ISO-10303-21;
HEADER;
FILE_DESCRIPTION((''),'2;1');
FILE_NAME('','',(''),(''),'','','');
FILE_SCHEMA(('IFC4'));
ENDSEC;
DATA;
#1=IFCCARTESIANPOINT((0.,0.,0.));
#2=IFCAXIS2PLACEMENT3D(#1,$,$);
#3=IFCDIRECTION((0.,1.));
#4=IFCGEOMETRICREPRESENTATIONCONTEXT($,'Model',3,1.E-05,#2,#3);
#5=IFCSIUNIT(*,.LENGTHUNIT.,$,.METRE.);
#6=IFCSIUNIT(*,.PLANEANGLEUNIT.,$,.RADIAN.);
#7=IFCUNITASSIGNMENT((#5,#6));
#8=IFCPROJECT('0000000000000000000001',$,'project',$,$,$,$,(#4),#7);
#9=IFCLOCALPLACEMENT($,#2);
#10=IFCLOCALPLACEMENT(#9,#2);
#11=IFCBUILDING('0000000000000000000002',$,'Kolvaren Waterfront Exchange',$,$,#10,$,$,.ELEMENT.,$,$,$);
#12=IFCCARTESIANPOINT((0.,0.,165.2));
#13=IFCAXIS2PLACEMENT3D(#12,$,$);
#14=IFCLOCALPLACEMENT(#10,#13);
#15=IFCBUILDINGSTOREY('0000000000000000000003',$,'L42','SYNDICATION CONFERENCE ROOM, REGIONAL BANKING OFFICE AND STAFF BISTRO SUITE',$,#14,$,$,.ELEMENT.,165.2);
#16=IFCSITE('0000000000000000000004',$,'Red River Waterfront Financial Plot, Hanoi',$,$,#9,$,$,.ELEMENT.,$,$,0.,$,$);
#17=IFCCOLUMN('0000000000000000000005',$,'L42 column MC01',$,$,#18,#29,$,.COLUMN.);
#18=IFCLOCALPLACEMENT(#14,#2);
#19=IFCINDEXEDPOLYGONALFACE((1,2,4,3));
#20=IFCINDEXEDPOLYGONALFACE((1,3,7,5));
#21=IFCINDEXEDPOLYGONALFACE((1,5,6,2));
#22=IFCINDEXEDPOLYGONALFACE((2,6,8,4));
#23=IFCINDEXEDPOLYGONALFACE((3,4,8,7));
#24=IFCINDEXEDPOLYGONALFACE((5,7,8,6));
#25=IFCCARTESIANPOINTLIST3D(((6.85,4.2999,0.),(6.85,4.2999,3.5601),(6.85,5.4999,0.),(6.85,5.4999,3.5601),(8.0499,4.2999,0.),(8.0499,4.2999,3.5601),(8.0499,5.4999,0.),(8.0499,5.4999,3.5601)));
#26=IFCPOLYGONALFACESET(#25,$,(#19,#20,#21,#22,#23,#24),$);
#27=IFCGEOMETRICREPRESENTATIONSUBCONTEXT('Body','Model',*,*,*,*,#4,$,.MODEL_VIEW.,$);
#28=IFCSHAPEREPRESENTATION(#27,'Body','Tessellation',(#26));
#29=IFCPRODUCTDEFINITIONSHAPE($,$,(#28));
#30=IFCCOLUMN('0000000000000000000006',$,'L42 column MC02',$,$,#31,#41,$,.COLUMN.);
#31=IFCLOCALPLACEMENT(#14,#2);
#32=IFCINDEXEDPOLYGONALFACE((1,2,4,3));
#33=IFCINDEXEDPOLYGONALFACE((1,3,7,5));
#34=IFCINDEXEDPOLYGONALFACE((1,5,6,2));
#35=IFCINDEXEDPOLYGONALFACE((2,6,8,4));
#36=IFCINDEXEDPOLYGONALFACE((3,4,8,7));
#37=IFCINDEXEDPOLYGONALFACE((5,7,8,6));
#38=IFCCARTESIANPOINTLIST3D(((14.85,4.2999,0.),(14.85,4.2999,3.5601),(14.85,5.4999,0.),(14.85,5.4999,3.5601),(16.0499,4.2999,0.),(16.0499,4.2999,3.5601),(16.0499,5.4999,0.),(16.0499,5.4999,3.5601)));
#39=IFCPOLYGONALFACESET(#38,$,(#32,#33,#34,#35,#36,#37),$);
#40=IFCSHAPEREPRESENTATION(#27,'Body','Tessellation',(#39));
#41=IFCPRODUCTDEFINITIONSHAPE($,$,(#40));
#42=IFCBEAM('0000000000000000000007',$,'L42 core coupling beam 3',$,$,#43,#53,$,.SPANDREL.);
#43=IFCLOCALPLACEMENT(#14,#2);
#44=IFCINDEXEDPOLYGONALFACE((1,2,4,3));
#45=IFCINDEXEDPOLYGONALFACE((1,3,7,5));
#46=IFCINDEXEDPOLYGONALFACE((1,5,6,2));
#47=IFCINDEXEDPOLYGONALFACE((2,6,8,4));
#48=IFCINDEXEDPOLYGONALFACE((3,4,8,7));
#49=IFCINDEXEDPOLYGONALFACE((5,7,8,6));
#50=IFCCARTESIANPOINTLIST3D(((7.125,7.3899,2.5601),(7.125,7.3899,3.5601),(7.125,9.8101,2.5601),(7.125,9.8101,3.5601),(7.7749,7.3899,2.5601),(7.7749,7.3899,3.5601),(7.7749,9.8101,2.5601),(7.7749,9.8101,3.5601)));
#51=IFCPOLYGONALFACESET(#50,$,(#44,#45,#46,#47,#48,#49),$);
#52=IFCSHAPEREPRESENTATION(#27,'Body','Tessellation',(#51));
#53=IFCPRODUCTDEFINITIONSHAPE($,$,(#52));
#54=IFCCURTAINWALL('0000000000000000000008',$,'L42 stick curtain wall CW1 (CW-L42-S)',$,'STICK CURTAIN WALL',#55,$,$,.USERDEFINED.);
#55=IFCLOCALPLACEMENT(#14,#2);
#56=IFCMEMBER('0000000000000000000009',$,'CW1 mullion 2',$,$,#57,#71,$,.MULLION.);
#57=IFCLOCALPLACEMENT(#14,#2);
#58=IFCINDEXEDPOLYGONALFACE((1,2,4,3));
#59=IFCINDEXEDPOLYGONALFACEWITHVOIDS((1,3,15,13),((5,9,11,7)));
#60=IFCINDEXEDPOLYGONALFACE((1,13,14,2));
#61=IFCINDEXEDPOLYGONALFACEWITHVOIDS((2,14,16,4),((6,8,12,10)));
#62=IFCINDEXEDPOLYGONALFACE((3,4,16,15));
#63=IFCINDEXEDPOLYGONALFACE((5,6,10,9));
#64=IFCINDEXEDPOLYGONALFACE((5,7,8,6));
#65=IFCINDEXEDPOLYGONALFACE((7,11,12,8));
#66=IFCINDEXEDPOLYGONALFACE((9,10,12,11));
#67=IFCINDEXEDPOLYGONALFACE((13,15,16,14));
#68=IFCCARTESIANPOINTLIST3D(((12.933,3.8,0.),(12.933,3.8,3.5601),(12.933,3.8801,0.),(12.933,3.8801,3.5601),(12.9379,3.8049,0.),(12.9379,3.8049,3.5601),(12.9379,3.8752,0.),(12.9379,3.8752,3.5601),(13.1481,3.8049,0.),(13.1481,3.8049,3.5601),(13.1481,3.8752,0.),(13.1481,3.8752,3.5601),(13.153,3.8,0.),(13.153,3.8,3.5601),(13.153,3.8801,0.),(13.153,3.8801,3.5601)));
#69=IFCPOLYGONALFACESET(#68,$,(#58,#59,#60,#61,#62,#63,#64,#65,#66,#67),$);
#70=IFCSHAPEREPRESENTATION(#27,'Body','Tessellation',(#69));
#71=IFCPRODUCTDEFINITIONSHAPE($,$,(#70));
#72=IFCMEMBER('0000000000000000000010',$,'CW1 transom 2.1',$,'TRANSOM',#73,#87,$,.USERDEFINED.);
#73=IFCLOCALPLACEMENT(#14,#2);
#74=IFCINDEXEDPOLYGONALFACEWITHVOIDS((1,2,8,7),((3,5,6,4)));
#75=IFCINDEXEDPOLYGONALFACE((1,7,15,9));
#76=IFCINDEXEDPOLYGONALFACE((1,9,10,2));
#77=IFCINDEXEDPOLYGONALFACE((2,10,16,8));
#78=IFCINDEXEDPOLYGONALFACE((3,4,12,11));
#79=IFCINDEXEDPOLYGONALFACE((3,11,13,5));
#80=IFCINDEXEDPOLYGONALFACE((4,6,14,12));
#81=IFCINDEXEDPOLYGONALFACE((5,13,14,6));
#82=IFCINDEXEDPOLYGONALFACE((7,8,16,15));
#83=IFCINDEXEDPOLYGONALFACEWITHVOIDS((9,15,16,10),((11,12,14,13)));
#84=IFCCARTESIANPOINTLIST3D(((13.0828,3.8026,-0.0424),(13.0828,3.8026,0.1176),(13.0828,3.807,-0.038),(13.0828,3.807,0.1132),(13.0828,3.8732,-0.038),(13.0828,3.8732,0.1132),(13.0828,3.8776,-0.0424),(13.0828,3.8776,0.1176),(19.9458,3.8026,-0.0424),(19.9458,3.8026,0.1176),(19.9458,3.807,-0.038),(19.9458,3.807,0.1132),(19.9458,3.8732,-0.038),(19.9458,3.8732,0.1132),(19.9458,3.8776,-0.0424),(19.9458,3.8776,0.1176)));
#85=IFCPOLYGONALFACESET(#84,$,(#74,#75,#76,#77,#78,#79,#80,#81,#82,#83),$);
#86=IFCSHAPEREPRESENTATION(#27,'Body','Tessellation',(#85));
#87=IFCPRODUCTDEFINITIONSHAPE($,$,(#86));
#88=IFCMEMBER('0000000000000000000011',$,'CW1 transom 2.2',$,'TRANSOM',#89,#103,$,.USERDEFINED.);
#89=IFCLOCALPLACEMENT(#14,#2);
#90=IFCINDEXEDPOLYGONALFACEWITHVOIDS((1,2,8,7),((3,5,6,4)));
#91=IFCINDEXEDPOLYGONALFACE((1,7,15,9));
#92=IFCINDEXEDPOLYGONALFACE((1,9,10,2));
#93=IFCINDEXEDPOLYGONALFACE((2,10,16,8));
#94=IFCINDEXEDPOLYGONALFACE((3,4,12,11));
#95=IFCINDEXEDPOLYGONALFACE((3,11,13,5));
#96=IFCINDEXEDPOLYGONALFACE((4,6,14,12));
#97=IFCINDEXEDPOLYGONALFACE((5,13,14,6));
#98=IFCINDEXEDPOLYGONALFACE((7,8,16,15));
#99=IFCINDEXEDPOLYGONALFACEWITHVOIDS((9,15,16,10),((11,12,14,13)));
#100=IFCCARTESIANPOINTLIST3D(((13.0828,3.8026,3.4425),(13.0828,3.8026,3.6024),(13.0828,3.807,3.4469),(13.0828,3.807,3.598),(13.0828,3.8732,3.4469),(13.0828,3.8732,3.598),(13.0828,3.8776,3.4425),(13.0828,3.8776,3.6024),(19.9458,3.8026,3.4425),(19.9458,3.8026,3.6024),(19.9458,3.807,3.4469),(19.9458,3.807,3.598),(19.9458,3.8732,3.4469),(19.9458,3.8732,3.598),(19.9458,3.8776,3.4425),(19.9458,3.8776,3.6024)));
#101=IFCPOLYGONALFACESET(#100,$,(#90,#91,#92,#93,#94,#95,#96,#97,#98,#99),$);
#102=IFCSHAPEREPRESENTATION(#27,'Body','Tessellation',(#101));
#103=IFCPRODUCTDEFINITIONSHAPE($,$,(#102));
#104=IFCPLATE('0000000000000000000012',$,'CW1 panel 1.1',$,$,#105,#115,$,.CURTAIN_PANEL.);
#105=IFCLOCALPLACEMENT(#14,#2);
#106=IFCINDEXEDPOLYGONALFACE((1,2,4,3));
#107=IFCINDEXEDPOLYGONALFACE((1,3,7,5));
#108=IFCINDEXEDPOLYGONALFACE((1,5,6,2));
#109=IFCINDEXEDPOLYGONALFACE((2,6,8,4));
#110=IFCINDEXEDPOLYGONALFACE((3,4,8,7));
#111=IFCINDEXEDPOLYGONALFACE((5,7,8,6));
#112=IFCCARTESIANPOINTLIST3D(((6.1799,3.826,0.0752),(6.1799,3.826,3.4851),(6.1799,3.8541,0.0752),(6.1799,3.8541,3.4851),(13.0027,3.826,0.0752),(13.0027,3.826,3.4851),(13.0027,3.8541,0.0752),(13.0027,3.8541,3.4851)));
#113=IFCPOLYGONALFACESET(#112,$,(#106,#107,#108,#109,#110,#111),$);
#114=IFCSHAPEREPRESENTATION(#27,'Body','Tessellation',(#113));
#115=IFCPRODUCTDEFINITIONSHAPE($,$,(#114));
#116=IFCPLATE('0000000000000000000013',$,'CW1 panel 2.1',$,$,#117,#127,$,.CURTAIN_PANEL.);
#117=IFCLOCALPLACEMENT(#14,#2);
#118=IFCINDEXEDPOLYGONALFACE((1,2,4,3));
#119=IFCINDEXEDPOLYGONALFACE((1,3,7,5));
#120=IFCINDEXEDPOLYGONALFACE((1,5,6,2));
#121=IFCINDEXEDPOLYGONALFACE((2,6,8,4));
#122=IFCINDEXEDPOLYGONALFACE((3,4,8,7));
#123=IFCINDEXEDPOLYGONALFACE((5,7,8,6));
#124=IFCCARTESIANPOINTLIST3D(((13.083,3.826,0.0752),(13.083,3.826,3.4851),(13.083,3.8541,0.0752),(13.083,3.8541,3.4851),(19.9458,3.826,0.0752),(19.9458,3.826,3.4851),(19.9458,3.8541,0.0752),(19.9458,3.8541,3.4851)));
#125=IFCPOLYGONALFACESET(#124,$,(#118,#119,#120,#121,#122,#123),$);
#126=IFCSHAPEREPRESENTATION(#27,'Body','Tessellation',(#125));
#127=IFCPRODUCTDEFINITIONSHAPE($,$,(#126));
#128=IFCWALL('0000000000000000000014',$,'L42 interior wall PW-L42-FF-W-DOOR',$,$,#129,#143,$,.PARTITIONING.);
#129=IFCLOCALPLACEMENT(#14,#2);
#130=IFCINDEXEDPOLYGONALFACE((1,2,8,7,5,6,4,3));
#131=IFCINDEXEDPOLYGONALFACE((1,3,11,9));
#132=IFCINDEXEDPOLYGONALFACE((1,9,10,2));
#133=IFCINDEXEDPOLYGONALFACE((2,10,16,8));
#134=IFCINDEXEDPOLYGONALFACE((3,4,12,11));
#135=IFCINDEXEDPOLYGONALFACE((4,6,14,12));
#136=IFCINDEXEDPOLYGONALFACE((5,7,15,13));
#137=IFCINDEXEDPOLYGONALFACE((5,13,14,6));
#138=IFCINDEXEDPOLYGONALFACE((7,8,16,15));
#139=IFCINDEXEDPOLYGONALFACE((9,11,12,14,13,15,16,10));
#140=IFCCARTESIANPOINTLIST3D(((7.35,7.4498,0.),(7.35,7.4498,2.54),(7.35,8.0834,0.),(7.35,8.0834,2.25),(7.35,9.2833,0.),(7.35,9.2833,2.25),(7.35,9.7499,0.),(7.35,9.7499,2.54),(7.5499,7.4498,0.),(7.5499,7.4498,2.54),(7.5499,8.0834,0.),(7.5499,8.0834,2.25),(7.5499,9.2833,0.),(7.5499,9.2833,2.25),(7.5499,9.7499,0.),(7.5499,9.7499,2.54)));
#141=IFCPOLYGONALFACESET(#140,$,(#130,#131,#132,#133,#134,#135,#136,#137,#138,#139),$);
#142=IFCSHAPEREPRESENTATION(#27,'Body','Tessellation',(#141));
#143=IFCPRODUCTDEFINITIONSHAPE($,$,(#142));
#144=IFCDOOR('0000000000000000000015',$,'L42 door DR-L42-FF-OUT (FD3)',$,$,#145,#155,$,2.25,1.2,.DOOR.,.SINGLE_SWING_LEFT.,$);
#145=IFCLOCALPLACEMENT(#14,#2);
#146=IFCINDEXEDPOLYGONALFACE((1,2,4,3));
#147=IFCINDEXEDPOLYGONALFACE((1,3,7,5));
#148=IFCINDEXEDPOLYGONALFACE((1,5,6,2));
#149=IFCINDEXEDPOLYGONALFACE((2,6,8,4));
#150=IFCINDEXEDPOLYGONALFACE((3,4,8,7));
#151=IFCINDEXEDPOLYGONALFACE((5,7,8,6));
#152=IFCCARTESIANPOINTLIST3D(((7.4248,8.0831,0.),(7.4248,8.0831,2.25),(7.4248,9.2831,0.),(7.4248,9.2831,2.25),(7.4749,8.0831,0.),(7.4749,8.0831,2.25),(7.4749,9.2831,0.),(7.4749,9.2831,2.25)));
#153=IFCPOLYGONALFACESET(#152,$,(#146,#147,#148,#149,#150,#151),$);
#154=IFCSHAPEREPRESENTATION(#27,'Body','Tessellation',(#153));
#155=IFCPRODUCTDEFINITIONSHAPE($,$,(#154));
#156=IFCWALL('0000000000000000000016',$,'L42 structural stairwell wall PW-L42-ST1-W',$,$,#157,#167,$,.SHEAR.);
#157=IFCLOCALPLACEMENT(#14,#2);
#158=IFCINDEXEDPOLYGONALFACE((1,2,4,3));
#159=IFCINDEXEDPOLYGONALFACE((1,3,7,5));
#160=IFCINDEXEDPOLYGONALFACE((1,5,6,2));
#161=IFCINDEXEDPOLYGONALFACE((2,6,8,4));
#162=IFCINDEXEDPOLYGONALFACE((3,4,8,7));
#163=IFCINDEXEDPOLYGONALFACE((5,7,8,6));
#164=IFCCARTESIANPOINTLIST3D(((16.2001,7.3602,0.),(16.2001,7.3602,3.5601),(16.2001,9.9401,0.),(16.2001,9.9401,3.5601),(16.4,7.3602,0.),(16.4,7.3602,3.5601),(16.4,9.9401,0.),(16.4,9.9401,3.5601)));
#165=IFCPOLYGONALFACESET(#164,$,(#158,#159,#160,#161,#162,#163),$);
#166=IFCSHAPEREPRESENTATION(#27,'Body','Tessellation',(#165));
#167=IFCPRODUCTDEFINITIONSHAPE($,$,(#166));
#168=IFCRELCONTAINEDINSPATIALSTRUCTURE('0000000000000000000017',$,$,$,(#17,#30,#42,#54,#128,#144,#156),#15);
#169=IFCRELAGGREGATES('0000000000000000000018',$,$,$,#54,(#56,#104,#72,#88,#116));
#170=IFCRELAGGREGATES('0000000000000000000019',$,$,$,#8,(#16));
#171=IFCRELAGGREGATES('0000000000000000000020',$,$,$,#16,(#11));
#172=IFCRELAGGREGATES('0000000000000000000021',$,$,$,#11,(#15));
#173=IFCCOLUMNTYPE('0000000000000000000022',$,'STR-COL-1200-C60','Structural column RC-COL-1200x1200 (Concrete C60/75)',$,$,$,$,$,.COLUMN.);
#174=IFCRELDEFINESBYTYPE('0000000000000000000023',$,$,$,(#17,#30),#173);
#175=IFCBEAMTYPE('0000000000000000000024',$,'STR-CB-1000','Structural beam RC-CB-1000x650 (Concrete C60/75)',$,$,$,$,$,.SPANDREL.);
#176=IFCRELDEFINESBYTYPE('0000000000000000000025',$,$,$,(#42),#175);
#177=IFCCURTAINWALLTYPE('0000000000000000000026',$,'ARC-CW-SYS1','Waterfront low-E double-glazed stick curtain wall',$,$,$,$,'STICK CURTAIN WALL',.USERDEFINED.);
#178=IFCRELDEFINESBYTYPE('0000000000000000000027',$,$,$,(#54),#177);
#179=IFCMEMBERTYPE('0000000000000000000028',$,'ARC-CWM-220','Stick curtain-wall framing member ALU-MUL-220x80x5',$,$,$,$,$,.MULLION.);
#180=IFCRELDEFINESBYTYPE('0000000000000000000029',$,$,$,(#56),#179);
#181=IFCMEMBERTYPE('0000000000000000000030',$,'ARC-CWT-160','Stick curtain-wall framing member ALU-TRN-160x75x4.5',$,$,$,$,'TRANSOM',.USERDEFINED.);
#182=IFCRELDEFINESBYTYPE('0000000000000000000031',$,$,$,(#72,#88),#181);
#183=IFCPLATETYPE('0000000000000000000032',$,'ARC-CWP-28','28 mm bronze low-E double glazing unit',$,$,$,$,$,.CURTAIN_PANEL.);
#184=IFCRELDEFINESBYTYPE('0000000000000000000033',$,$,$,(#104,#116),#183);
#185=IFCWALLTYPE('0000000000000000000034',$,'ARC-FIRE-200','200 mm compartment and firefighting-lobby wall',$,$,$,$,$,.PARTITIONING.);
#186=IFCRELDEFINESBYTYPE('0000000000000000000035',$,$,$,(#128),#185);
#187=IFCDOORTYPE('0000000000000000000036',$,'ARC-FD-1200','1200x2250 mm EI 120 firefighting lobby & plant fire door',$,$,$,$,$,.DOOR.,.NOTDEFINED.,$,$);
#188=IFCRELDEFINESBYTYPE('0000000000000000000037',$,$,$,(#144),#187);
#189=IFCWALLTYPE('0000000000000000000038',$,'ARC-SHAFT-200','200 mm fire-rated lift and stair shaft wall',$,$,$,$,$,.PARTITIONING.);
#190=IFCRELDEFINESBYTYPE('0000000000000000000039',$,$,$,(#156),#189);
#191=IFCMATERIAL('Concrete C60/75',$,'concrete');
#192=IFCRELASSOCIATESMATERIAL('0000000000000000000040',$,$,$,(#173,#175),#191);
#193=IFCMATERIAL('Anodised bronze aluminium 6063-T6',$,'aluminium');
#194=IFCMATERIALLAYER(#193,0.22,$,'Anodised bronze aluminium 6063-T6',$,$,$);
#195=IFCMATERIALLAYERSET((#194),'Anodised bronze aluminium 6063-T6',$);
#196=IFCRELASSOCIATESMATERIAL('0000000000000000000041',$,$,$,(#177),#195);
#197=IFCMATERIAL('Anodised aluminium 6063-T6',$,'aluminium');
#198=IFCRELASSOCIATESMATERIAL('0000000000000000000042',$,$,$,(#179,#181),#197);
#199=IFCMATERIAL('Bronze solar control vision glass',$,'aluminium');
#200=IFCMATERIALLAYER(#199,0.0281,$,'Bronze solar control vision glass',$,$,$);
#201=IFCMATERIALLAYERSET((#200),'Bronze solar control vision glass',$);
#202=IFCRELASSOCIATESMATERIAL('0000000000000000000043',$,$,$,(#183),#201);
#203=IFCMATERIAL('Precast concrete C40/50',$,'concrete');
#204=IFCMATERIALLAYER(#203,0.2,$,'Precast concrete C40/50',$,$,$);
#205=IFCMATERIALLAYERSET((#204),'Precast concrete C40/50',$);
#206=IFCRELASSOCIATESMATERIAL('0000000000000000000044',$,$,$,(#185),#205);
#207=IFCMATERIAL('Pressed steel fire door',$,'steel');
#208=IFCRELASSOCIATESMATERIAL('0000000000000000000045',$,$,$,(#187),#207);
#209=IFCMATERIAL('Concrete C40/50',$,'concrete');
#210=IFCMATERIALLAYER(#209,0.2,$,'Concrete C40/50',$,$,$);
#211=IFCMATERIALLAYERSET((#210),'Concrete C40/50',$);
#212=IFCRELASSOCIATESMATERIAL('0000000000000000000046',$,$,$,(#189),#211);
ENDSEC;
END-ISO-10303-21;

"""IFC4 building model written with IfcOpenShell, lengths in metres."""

from ifc_helpers import new_model, si_unit, direction, frame, frame_2d, origin, origin_with_axes, origin_2d, place, context, subcontext, project, spatial, rectangle, hollow_rectangle, extrude, source, transform, mapped, material, layer, layer_set, material_profile, profile_set, type_object, element, fill, aggregate, save


model = new_model("IFC4")

# Units and contexts
model_context = context("Model", 3, precision=1e-05, world=origin(), true_north=direction((0.0, 1.0)))
body_context = subcontext(model_context, "Body", "Model", "MODEL_VIEW")
ifc_project = project(units=[si_unit("LENGTHUNIT", "METRE"), si_unit("PLANEANGLEUNIT", "RADIAN")], contexts=[model_context])

# Site, building, storey
site_placement = place(None, origin())
site = spatial("IfcSite", under=ifc_project, at=site_placement, Name="Red River Waterfront Financial Plot, Hanoi", CompositionType="ELEMENT", RefElevation=0.0)
building_placement = place(site_placement, origin())
building = spatial("IfcBuilding", under=site, at=building_placement, Name="Kolvaren Waterfront Exchange", CompositionType="ELEMENT")
storey_placement = place(building_placement, frame((0.0, 0.0, 165.2)))
storey = spatial("IfcBuildingStorey", under=building, at=storey_placement, Name="L42", Description="SYNDICATION CONFERENCE ROOM, REGIONAL BANKING OFFICE AND STAFF BISTRO SUITE", CompositionType="ELEMENT", Elevation=165.2)

# Columns
ifc_material_1 = material(Name="Concrete C60/75", Category="concrete")
ifc_material_profile_1 = material_profile(ifc_material_1, rectangle(XDim=1.2, YDim=1.2, at=origin_2d()), Name="RC-COL-1200x1200")
ifc_profile_set_1 = profile_set([ifc_material_profile_1], Name="Concrete C60/75")
column_type = type_object("IfcColumnType", Name="STR-COL-1200-C60", Description="Structural column RC-COL-1200x1200 (Concrete C60/75)", PredefinedType="COLUMN", material=ifc_profile_set_1)
for number, where, z_axis, x_axis, name in (
    (1, (7.45, 4.8999, 0.0), (0.0, 0.0, 1.0), (1.0, 0.0, 0.0), "L42 column MC01"),
    (2, (15.45, 4.8999, 0.0), (0.0, 0.0, 1.0), (1.0, 0.0, 0.0), "L42 column MC02"),
):
    element("IfcColumn", number, at=place(storey_placement, frame(where, z_axis=z_axis, x_axis=x_axis)), inside=storey, type_object=column_type, Name=name, PredefinedType="COLUMN", context=body_context, shape_type="SweptSolid", body=[
        extrude(rectangle(XDim=1.2, YDim=1.2, at=origin_2d()), origin(), (0.0, 0.0, 1.0), 3.5601),
    ])

# Beam
ifc_material_profile_2 = material_profile(ifc_material_1, rectangle(XDim=0.6499, YDim=1.0, at=origin_2d()), Name="RC-CB-1000x650")
ifc_profile_set_2 = profile_set([ifc_material_profile_2], Name="Concrete C60/75")
beam_type = type_object("IfcBeamType", Name="STR-CB-1000", Description="Structural beam RC-CB-1000x650 (Concrete C60/75)", PredefinedType="SPANDREL", material=ifc_profile_set_2)
beam_placement = place(storey_placement, frame((7.45, 7.3899, 3.0601), z_axis=(0.0, 1.0, 0.0), x_axis=(-1.0, 0.0, 0.0)))
element("IfcBeam", 3, at=beam_placement, inside=storey, type_object=beam_type, Name="L42 core coupling beam 3", PredefinedType="SPANDREL", context=body_context, shape_type="SweptSolid", body=[
    extrude(rectangle(XDim=0.6499, YDim=1.0, at=origin_2d()), origin(), (0.0, 0.0, 1.0), 2.4202),
])

# Curtain wall, members, plates
ifc_material_2 = material(Name="Anodised bronze aluminium 6063-T6", Category="aluminium")
ifc_layer_1 = layer(ifc_material_2, 0.22, Name="Anodised bronze aluminium 6063-T6")
ifc_layer_set_1 = layer_set([ifc_layer_1], Name="Anodised bronze aluminium 6063-T6")
curtain_wall_type = type_object("IfcCurtainWallType", Name="ARC-CW-SYS1", Description="Waterfront low-E double-glazed stick curtain wall", ElementType="STICK CURTAIN WALL", PredefinedType="USERDEFINED", material=ifc_layer_set_1)
curtain_wall_placement = place(storey_placement, origin())
curtain_wall = element("IfcCurtainWall", 4, at=curtain_wall_placement, inside=storey, type_object=curtain_wall_type, Name="L42 stick curtain wall CW1 (CW-L42-S)", ObjectType="STICK CURTAIN WALL", PredefinedType="USERDEFINED")
ifc_material_3 = material(Name="Anodised aluminium 6063-T6", Category="aluminium")
ifc_material_profile_3 = material_profile(ifc_material_3, hollow_rectangle(XDim=0.0801, YDim=0.22, WallThickness=0.0049, at=origin_2d()), Name="ALU-MUL-220x80x5")
ifc_profile_set_3 = profile_set([ifc_material_profile_3], Name="Anodised aluminium 6063-T6")
member_type_1 = type_object("IfcMemberType", Name="ARC-CWM-220", Description="Stick curtain-wall framing member ALU-MUL-220x80x5", PredefinedType="MULLION", material=ifc_profile_set_3)
shared_shape_1 = source(origin_with_axes(), body_context, "Body", "SweptSolid", [
    extrude(hollow_rectangle(XDim=0.0801, YDim=0.22, WallThickness=0.0049, at=origin_2d()), origin(), (0.0, 0.0, 1.0), 3.5601),
])
member_1_placement = place(storey_placement, frame((13.043, 3.8401, 0.0), z_axis=(0.0, 0.0, 1.0), x_axis=(0.0, 1.0, 0.0)))
member_1 = element("IfcMember", 5, at=member_1_placement, type_object=member_type_1, Name="CW1 mullion 2", PredefinedType="MULLION", context=body_context, shape_type="MappedRepresentation", body=[
    mapped(shared_shape_1, transform((0.0, 0.0, 0.0), x_axis=(1.0, 0.0, 0.0), y_axis=(0.0, 1.0, 0.0), z_axis=(0.0, 0.0, 1.0), scale=1.0)),
])
ifc_material_profile_4 = material_profile(ifc_material_3, hollow_rectangle(XDim=0.075, YDim=0.1599, WallThickness=0.0044, at=origin_2d()), Name="ALU-TRN-160x75x4.5")
ifc_profile_set_4 = profile_set([ifc_material_profile_4], Name="Anodised aluminium 6063-T6")
member_type_2 = type_object("IfcMemberType", Name="ARC-CWT-160", Description="Stick curtain-wall framing member ALU-TRN-160x75x4.5", ElementType="TRANSOM", PredefinedType="USERDEFINED", material=ifc_profile_set_4)
shared_shape_2 = source(origin_with_axes(), body_context, "Body", "SweptSolid", [
    extrude(hollow_rectangle(XDim=0.075, YDim=0.1599, WallThickness=0.0044, at=origin_2d()), origin(), (0.0, 0.0, 1.0), 6.863),
])
member_2_placement = place(storey_placement, frame((13.0828, 3.8401, 0.0376), z_axis=(1.0, 0.0, 0.0), x_axis=(0.0, 1.0, 0.0)))
member_2 = element("IfcMember", 6, at=member_2_placement, type_object=member_type_2, Name="CW1 transom 2.1", ObjectType="TRANSOM", PredefinedType="USERDEFINED", context=body_context, shape_type="MappedRepresentation", body=[
    mapped(shared_shape_2, transform((0.0, 0.0, 0.0), x_axis=(1.0, 0.0, 0.0), y_axis=(0.0, 1.0, 0.0), z_axis=(0.0, 0.0, 1.0), scale=1.0)),
])
member_3_placement = place(storey_placement, frame((13.0828, 3.8401, 3.5225), z_axis=(1.0, 0.0, 0.0), x_axis=(0.0, 1.0, 0.0)))
member_3 = element("IfcMember", 7, at=member_3_placement, type_object=member_type_2, Name="CW1 transom 2.2", ObjectType="TRANSOM", PredefinedType="USERDEFINED", context=body_context, shape_type="MappedRepresentation", body=[
    mapped(shared_shape_2, transform((0.0, 0.0, 0.0), x_axis=(1.0, 0.0, 0.0), y_axis=(0.0, 1.0, 0.0), z_axis=(0.0, 0.0, 1.0), scale=1.0)),
])
ifc_material_4 = material(Name="Bronze solar control vision glass", Category="aluminium")
ifc_layer_2 = layer(ifc_material_4, 0.0281, Name="Bronze solar control vision glass")
ifc_layer_set_2 = layer_set([ifc_layer_2], Name="Bronze solar control vision glass")
plate_type = type_object("IfcPlateType", Name="ARC-CWP-28", Description="28 mm bronze low-E double glazing unit", PredefinedType="CURTAIN_PANEL", material=ifc_layer_set_2)
shared_shape_3 = source(origin_with_axes(), body_context, "Body", "SweptSolid", [
    extrude(rectangle(XDim=6.8228, YDim=0.0281, at=origin_2d()), origin(), (0.0, 0.0, 1.0), 3.4099),
])
plate_1_placement = place(storey_placement, frame((9.5913, 3.8401, 0.0752), z_axis=(0.0, 0.0, 1.0), x_axis=(1.0, 0.0, 0.0)))
plate_1 = element("IfcPlate", 8, at=plate_1_placement, type_object=plate_type, Name="CW1 panel 1.1", PredefinedType="CURTAIN_PANEL", context=body_context, shape_type="MappedRepresentation", body=[
    mapped(shared_shape_3, transform((0.0, 0.0, 0.0), x_axis=(1.0, 0.0, 0.0), y_axis=(0.0, 1.0, 0.0), z_axis=(0.0, 0.0, 1.0), scale=1.0)),
])
shared_shape_4 = source(origin_with_axes(), body_context, "Body", "SweptSolid", [
    extrude(rectangle(XDim=6.8628, YDim=0.0281, at=origin_2d()), origin(), (0.0, 0.0, 1.0), 3.4099),
])
plate_2_placement = place(storey_placement, frame((16.5144, 3.8401, 0.0752), z_axis=(0.0, 0.0, 1.0), x_axis=(1.0, 0.0, 0.0)))
plate_2 = element("IfcPlate", 9, at=plate_2_placement, type_object=plate_type, Name="CW1 panel 2.1", PredefinedType="CURTAIN_PANEL", context=body_context, shape_type="MappedRepresentation", body=[
    mapped(shared_shape_4, transform((0.0, 0.0, 0.0), x_axis=(1.0, 0.0, 0.0), y_axis=(0.0, 1.0, 0.0), z_axis=(0.0, 0.0, 1.0), scale=1.0)),
])
aggregate(curtain_wall, [member_1, plate_1, member_2, member_3, plate_2])

# Wall, opening, door
ifc_material_5 = material(Name="Precast concrete C40/50", Category="concrete")
ifc_layer_3 = layer(ifc_material_5, 0.2, Name="Precast concrete C40/50")
ifc_layer_set_3 = layer_set([ifc_layer_3], Name="Precast concrete C40/50")
wall_type_1 = type_object("IfcWallType", Name="ARC-FIRE-200", Description="200 mm compartment and firefighting-lobby wall", PredefinedType="PARTITIONING", material=ifc_layer_set_3)
wall_1_placement = place(storey_placement, frame((7.45, 7.45, 0.0), z_axis=(0.0, 0.0, 1.0), x_axis=(0.0, 1.0, 0.0)))
wall_1 = element("IfcWall", 10, at=wall_1_placement, inside=storey, type_object=wall_type_1, Name="L42 interior wall PW-L42-FF-W-DOOR", PredefinedType="PARTITIONING", context=body_context, shape_type="SweptSolid", body=[
    extrude(rectangle(XDim=2.3, YDim=0.2, at=frame_2d((1.1499, 0.0))), origin(), (0.0, 0.0, 1.0), 2.54),
])
opening_1_placement = place(wall_1_placement, frame((0.6333, 0.0, 0.0)))
opening_1 = element("IfcOpeningElement", 11, at=opening_1_placement, cuts=wall_1, PredefinedType="OPENING", context=body_context, shape_type="SweptSolid", body=[
    extrude(rectangle(XDim=1.2, YDim=2.25, at=frame_2d((0.6001, 1.125))), frame((0.0, 0.1099, 0.0), z_axis=(0.0, -1.0, 0.0), x_axis=(1.0, 0.0, 0.0)), (0.0, 0.0, 1.0), 0.22),
])
ifc_material_6 = material(Name="Pressed steel fire door", Category="steel")
door_type_1 = type_object("IfcDoorType", Name="ARC-FD-1200", Description="1200x2250 mm EI 120 firefighting lobby & plant fire door", OperationType="NOTDEFINED", PredefinedType="DOOR", material=ifc_material_6)
door_1_placement = place(opening_1_placement, frame((1.2, 0.0, 0.0), z_axis=(0.0, 0.0, 1.0), x_axis=(-1.0, 0.0, 0.0)))
door_1 = element("IfcDoor", 12, at=door_1_placement, inside=storey, type_object=door_type_1, Name="L42 door DR-L42-FF-OUT (FD3)", OperationType="SINGLE_SWING_LEFT", OverallHeight=2.25, OverallWidth=1.2, PredefinedType="DOOR", context=body_context, shape_type="SweptSolid", body=[
    extrude(rectangle(XDim=1.2, YDim=2.25, at=frame_2d((0.6001, 1.125))), frame((0.0, 0.0249, 0.0), z_axis=(0.0, -1.0, 0.0), x_axis=(1.0, 0.0, 0.0)), (0.0, 0.0, 1.0), 0.05),
])
fill(opening_1, door_1)

# Wall
ifc_material_7 = material(Name="Concrete C40/50", Category="concrete")
ifc_layer_4 = layer(ifc_material_7, 0.2, Name="Concrete C40/50")
ifc_layer_set_4 = layer_set([ifc_layer_4], Name="Concrete C40/50")
wall_type_2 = type_object("IfcWallType", Name="ARC-SHAFT-200", Description="200 mm fire-rated lift and stair shaft wall", PredefinedType="PARTITIONING", material=ifc_layer_set_4)
wall_2_placement = place(storey_placement, frame((16.3, 7.3601, 0.0), z_axis=(0.0, 0.0, 1.0), x_axis=(0.0, 1.0, 0.0)))
element("IfcWall", 13, at=wall_2_placement, inside=storey, type_object=wall_type_2, Name="L42 structural stairwell wall PW-L42-ST1-W", PredefinedType="SHEAR", context=body_context, shape_type="SweptSolid", body=[
    extrude(rectangle(XDim=2.5798, YDim=0.2, at=frame_2d((1.29, 0.0))), origin(), (0.0, 0.0, 1.0), 3.5601),
])

save(model, "model.ifc")
